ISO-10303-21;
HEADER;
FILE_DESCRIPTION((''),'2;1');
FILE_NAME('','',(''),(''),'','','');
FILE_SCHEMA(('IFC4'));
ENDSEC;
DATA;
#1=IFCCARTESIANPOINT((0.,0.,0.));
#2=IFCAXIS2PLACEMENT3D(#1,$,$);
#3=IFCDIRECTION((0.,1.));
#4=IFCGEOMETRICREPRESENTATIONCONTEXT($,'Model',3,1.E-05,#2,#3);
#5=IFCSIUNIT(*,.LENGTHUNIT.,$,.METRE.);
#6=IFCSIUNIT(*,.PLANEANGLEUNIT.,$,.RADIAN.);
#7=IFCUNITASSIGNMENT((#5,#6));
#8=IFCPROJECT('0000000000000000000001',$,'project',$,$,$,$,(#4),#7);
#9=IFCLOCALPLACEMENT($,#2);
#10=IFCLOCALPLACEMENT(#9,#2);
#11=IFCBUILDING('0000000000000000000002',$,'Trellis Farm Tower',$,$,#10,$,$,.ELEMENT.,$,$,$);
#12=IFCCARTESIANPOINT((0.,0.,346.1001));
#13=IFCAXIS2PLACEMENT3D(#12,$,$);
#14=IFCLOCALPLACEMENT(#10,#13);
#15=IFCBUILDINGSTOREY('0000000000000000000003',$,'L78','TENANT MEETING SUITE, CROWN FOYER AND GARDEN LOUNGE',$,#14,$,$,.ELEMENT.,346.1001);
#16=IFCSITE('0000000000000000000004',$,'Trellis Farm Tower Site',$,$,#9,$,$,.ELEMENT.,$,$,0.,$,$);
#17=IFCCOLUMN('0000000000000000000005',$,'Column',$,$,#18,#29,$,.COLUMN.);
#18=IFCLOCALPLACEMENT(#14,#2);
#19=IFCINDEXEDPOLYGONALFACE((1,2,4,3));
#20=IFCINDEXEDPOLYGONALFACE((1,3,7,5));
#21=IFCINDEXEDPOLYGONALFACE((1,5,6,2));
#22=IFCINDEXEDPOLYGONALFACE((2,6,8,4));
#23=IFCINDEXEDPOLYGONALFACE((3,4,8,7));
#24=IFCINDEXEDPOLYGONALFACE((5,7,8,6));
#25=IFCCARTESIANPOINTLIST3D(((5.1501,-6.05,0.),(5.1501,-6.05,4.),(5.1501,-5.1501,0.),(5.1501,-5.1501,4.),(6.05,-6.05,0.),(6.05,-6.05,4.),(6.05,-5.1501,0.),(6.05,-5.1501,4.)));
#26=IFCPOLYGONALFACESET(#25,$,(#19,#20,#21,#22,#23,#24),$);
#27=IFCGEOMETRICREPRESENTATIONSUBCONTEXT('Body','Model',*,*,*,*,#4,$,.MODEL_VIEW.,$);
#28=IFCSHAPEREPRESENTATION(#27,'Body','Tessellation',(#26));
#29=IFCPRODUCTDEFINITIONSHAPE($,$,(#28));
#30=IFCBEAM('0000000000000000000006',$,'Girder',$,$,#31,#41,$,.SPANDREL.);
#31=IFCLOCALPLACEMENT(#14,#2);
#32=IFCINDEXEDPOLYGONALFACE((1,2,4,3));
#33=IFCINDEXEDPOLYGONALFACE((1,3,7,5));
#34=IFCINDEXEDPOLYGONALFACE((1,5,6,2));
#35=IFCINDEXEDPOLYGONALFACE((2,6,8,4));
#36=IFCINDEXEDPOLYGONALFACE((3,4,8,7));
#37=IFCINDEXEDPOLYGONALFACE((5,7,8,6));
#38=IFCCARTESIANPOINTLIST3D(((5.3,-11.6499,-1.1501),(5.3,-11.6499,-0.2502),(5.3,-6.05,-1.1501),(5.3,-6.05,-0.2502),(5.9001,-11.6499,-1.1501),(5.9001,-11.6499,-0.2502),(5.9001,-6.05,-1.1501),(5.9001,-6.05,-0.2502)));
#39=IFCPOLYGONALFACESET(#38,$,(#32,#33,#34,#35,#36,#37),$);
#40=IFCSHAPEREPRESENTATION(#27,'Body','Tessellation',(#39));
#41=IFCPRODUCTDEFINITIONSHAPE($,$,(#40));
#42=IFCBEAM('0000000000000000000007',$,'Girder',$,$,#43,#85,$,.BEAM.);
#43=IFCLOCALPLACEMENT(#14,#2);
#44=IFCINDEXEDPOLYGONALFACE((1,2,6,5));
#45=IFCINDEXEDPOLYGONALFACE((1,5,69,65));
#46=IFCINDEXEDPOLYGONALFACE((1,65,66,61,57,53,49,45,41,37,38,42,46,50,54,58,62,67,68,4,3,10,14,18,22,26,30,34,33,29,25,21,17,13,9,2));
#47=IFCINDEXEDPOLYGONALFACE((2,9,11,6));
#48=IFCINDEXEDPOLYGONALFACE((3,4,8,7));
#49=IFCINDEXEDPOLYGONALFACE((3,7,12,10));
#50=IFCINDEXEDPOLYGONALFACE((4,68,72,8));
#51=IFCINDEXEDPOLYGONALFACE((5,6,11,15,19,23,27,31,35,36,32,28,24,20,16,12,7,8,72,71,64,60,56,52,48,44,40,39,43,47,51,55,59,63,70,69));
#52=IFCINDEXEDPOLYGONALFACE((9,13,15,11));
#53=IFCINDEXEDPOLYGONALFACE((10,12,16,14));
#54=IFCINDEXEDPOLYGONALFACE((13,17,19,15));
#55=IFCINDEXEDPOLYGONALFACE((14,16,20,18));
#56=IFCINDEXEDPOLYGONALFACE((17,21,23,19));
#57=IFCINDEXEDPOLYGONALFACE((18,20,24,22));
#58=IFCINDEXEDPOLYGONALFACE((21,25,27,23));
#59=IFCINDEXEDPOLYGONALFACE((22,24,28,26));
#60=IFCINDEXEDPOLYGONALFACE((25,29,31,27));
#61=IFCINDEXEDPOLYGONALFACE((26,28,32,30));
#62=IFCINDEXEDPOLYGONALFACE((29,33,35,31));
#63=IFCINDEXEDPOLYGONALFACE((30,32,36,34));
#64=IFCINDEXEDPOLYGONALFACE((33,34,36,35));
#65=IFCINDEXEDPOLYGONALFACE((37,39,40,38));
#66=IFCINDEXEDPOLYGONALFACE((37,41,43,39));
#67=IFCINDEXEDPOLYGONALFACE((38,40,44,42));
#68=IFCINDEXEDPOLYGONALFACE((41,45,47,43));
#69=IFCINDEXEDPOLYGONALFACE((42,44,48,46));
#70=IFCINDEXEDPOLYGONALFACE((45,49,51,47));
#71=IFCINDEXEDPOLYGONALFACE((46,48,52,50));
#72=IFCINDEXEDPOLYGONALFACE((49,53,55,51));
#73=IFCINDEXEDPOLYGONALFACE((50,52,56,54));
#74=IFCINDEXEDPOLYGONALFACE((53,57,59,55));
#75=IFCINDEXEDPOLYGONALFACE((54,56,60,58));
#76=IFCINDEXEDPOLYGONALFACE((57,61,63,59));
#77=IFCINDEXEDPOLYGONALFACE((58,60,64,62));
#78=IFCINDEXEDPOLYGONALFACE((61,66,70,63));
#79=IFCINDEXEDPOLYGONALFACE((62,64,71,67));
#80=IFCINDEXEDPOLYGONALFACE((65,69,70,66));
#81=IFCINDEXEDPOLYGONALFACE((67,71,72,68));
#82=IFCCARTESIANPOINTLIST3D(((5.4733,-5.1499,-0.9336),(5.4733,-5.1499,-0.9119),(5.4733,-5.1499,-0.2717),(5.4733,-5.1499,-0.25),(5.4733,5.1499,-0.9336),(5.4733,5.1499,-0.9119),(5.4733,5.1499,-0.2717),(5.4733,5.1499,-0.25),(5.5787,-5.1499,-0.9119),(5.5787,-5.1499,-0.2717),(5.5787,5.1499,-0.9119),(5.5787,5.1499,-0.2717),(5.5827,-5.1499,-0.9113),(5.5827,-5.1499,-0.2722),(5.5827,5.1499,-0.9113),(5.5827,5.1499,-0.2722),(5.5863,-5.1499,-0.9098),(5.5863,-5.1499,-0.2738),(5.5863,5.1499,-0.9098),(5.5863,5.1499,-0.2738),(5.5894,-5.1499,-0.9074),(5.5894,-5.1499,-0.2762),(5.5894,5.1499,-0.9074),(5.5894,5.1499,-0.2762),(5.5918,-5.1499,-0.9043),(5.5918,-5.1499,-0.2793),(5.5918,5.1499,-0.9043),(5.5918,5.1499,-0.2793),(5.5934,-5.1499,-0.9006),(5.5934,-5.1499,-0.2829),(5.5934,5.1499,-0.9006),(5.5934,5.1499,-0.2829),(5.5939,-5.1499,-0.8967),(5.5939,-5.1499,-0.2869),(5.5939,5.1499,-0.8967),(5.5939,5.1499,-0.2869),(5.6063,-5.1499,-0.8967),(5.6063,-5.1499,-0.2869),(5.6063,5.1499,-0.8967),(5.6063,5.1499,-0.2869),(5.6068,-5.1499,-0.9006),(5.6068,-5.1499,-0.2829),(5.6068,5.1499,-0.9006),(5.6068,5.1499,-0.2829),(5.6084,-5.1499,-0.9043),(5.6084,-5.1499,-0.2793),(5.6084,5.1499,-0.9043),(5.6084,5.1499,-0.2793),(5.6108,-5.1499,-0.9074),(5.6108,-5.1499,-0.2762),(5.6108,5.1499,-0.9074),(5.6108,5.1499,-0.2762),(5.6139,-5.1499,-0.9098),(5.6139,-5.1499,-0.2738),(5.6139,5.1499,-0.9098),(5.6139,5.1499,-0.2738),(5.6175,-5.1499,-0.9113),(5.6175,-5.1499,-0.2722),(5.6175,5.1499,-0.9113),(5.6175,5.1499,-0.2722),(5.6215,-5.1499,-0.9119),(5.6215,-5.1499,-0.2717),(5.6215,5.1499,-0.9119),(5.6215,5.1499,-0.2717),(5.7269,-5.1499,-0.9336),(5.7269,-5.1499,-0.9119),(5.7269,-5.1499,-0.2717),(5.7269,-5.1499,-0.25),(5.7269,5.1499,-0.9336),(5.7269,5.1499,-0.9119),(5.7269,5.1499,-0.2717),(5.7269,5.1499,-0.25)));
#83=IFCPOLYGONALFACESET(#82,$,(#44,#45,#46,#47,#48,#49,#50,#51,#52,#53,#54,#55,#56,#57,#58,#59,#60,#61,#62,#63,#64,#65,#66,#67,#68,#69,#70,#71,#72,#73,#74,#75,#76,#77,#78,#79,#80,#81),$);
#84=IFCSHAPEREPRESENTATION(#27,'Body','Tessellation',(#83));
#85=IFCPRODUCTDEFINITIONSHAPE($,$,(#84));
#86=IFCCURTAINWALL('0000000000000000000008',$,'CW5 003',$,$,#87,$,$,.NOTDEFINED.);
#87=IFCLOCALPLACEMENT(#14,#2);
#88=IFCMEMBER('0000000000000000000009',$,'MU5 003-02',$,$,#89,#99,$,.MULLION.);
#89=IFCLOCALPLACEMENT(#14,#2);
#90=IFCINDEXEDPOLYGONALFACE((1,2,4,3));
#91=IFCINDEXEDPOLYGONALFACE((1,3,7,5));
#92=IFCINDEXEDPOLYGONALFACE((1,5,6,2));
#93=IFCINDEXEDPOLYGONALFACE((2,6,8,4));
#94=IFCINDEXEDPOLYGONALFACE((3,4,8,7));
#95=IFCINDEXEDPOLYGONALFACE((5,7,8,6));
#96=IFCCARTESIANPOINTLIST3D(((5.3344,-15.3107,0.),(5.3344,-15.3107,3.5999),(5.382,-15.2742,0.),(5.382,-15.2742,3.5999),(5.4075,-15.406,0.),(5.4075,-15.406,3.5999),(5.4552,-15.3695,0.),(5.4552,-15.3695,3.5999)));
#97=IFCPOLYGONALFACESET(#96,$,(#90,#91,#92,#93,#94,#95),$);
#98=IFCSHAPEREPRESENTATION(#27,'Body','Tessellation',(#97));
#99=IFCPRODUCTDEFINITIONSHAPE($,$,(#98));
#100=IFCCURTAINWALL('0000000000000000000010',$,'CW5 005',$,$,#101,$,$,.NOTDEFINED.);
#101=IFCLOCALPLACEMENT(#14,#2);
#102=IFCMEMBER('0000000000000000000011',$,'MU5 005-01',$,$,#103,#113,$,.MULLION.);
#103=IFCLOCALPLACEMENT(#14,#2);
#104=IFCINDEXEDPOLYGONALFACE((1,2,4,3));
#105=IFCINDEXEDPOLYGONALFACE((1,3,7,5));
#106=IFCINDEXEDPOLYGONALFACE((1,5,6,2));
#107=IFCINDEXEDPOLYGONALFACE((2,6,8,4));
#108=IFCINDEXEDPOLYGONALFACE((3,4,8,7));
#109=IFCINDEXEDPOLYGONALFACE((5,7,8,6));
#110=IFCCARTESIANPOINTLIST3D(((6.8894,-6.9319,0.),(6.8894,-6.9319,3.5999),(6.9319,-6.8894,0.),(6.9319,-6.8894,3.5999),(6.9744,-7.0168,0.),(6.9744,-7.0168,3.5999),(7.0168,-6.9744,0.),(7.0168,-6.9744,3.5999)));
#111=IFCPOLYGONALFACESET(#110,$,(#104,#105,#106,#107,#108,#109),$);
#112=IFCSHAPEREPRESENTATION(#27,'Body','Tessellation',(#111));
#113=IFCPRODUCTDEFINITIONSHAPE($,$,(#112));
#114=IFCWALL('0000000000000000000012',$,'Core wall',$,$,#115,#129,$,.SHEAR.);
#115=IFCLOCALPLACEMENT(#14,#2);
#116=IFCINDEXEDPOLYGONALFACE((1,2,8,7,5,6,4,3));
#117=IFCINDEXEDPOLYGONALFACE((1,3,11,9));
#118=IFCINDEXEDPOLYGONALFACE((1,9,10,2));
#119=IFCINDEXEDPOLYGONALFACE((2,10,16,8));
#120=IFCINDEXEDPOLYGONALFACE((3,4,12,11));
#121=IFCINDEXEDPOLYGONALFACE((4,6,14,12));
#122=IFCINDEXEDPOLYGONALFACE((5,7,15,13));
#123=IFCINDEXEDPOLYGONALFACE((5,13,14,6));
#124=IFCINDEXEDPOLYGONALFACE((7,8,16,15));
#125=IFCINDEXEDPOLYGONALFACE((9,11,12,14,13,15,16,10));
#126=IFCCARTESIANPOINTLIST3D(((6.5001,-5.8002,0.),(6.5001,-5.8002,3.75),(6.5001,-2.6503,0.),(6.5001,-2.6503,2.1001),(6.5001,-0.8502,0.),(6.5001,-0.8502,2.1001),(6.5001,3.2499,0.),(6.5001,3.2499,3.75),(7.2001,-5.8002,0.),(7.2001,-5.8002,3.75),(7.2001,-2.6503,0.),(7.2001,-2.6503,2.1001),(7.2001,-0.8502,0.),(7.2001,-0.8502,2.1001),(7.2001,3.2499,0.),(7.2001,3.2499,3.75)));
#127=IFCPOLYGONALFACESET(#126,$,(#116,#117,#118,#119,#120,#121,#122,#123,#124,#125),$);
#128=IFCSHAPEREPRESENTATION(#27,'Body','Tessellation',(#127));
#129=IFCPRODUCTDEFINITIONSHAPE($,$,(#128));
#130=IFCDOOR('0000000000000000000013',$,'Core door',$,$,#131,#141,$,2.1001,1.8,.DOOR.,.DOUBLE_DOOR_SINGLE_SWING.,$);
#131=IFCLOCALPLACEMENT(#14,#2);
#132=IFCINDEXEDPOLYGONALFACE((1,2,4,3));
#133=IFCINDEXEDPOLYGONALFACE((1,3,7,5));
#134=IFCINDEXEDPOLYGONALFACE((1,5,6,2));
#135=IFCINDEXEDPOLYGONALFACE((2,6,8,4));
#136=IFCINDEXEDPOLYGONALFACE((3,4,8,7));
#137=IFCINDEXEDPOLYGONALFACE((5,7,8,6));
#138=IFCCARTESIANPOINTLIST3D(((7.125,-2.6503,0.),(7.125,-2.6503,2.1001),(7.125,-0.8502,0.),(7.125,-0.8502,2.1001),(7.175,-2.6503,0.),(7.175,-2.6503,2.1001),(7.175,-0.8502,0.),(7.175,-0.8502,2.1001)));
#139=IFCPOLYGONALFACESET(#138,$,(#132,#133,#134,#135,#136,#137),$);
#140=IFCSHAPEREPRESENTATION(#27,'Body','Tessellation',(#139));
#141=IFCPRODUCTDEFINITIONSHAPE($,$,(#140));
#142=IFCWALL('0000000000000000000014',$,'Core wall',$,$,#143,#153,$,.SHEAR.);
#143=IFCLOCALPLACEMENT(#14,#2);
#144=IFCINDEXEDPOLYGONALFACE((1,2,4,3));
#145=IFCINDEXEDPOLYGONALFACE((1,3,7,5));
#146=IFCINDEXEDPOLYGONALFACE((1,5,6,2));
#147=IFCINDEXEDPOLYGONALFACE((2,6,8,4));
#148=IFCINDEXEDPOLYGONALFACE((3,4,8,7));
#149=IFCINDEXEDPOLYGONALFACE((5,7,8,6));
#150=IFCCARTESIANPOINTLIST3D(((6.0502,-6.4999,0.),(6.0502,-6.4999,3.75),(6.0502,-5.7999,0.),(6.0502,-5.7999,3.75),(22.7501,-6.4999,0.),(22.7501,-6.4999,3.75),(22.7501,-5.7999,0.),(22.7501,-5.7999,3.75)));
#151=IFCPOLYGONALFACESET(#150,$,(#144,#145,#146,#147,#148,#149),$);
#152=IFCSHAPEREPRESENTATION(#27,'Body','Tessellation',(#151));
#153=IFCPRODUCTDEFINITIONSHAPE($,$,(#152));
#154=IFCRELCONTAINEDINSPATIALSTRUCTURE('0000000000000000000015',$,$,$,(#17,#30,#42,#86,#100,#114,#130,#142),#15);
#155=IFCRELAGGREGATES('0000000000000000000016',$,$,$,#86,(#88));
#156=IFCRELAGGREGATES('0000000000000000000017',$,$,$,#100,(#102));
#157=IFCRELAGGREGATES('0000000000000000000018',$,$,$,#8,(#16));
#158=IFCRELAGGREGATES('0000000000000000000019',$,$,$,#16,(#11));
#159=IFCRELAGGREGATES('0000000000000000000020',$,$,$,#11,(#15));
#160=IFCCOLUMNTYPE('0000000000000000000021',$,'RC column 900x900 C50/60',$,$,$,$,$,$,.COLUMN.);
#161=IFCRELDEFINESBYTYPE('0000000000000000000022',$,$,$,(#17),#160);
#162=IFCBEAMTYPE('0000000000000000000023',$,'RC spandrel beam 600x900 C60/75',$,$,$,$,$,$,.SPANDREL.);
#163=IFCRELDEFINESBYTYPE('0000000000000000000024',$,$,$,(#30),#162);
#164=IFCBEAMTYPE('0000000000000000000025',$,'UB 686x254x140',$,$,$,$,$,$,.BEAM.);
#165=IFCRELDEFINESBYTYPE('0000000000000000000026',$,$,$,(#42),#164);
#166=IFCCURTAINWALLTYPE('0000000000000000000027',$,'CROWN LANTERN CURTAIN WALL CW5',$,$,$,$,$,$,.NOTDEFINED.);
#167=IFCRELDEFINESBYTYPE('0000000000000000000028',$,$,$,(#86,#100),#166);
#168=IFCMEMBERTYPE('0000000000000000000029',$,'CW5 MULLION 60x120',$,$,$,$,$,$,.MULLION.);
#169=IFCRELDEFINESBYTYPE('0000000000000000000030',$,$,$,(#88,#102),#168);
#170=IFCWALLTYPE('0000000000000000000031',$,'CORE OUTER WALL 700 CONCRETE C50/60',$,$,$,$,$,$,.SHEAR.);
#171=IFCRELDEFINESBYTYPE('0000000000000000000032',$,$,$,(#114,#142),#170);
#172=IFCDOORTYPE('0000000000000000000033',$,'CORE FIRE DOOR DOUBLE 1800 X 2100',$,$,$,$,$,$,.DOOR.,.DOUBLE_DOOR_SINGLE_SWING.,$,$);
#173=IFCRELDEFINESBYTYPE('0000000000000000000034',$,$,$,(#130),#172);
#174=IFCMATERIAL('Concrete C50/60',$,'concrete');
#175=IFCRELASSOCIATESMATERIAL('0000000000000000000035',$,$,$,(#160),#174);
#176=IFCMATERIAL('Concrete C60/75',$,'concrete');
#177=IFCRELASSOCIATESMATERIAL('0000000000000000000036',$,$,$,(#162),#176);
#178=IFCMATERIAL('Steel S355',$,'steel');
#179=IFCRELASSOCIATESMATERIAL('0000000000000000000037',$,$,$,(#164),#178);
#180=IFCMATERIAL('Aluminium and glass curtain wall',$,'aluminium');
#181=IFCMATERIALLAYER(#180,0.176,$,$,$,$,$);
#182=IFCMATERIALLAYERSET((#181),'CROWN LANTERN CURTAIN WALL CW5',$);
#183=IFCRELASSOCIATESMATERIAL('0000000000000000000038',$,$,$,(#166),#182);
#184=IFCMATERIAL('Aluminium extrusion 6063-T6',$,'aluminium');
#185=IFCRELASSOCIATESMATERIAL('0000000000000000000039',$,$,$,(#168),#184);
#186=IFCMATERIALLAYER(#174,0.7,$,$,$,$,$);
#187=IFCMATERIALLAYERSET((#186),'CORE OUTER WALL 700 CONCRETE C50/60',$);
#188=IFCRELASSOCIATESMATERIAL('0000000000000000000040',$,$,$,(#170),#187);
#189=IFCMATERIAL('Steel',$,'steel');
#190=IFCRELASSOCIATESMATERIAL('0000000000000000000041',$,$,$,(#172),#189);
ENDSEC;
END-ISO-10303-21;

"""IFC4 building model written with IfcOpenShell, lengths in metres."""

from ifc_helpers import new_model, si_unit, direction, frame, frame_2d, origin, origin_2d, place, context, subcontext, project, spatial, rectangle, i_section, extrude, source, transform, mapped, material, layer, layer_set, material_profile, profile_set, type_object, element, fill, aggregate, save


model = new_model("IFC4")

# Units and contexts
model_context = context("Model", 3, precision=1e-05, world=origin(), true_north=direction((0.0, 1.0)))
body_context = subcontext(model_context, "Body", "Model", "MODEL_VIEW")
ifc_project = project(units=[si_unit("LENGTHUNIT", "METRE"), si_unit("PLANEANGLEUNIT", "RADIAN")], contexts=[model_context])

# Site, building, storey
site_placement = place(None, origin())
site = spatial("IfcSite", under=ifc_project, at=site_placement, Name="Trellis Farm Tower Site", CompositionType="ELEMENT", RefElevation=0.0)
building_placement = place(site_placement, origin())
building = spatial("IfcBuilding", under=site, at=building_placement, Name="Trellis Farm Tower", CompositionType="ELEMENT")
storey_placement = place(building_placement, frame((0.0, 0.0, 346.1001)))
storey = spatial("IfcBuildingStorey", under=building, at=storey_placement, Name="L78", Description="TENANT MEETING SUITE, CROWN FOYER AND GARDEN LOUNGE", CompositionType="ELEMENT", Elevation=346.1001)

# Column
ifc_material_1 = material(Name="Concrete C50/60", Category="concrete")
ifc_material_profile_1 = material_profile(ifc_material_1, rectangle(XDim=0.8999, YDim=0.8999, at=origin_2d()), Name="RC column 900x900 C50/60")
ifc_profile_set_1 = profile_set([ifc_material_profile_1], Name="Concrete C50/60")
column_type = type_object("IfcColumnType", Name="RC column 900x900 C50/60", PredefinedType="COLUMN", material=ifc_profile_set_1)
shared_shape_1 = source(origin(), body_context, "Body", "SweptSolid", [
    extrude(rectangle(XDim=0.8999, YDim=0.8999, at=origin_2d()), origin(), (0.0, 0.0, 1.0), 4.0),
])
column_placement = place(storey_placement, frame((5.6001, -5.6001, 0.0), z_axis=(0.0, 0.0, 1.0), x_axis=(1.0, 0.0, 0.0)))
element("IfcColumn", 1, at=column_placement, inside=storey, type_object=column_type, Name="Column", PredefinedType="COLUMN", context=body_context, shape_type="MappedRepresentation", body=[
    mapped(shared_shape_1, transform((0.0, 0.0, 0.0))),
])

# Beams
ifc_material_2 = material(Name="Concrete C60/75", Category="concrete")
ifc_material_profile_2 = material_profile(ifc_material_2, rectangle(XDim=0.6001, YDim=0.8999, at=origin_2d()), Name="RC spandrel beam 600x900 C60/75")
ifc_profile_set_2 = profile_set([ifc_material_profile_2], Name="Concrete C60/75")
beam_type_1 = type_object("IfcBeamType", Name="RC spandrel beam 600x900 C60/75", PredefinedType="SPANDREL", material=ifc_profile_set_2)
shared_shape_2 = source(origin(), body_context, "Body", "SweptSolid", [
    extrude(rectangle(XDim=0.6001, YDim=0.8999, at=origin_2d()), origin(), (0.0, 0.0, 1.0), 5.5999),
])
beam_1_placement = place(storey_placement, frame((5.6001, -11.6499, -0.7002), z_axis=(0.0, 1.0, 0.0), x_axis=(-1.0, 0.0, 0.0)))
element("IfcBeam", 2, at=beam_1_placement, inside=storey, type_object=beam_type_1, Name="Girder", PredefinedType="SPANDREL", context=body_context, shape_type="MappedRepresentation", body=[
    mapped(shared_shape_2, transform((0.0, 0.0, 0.0))),
])
ifc_material_3 = material(Name="Steel S355", Category="steel")
ifc_material_profile_3 = material_profile(ifc_material_3, i_section(OverallWidth=0.2537, OverallDepth=0.6836, WebThickness=0.0125, FlangeThickness=0.0217, FilletRadius=0.0151, at=origin_2d()), Name="UB 686x254x140")
ifc_profile_set_3 = profile_set([ifc_material_profile_3], Name="Steel S355")
beam_type_2 = type_object("IfcBeamType", Name="UB 686x254x140", PredefinedType="BEAM", material=ifc_profile_set_3)
shared_shape_3 = source(origin(), body_context, "Body", "SweptSolid", [
    extrude(i_section(OverallWidth=0.2537, OverallDepth=0.6836, WebThickness=0.0125, FlangeThickness=0.0217, FilletRadius=0.0151, at=origin_2d()), origin(), (0.0, 0.0, 1.0), 10.2998),
])
beam_2_placement = place(storey_placement, frame((5.6001, -5.1499, -0.5918), z_axis=(0.0, 1.0, 0.0), x_axis=(-1.0, 0.0, 0.0)))
element("IfcBeam", 3, at=beam_2_placement, inside=storey, type_object=beam_type_2, Name="Girder", PredefinedType="BEAM", context=body_context, shape_type="MappedRepresentation", body=[
    mapped(shared_shape_3, transform((0.0, 0.0, 0.0))),
])

# Curtain walls, members
ifc_material_4 = material(Name="Aluminium and glass curtain wall", Category="aluminium")
ifc_layer_1 = layer(ifc_material_4, 0.176)
ifc_layer_set_1 = layer_set([ifc_layer_1], Name="CROWN LANTERN CURTAIN WALL CW5")
curtain_wall_type = type_object("IfcCurtainWallType", Name="CROWN LANTERN CURTAIN WALL CW5", PredefinedType="NOTDEFINED", material=ifc_layer_set_1)
placement = place(storey_placement, origin())
curtain_wall_1 = element("IfcCurtainWall", 4, at=placement, inside=storey, type_object=curtain_wall_type, Name="CW5 003", PredefinedType="NOTDEFINED")
ifc_material_5 = material(Name="Aluminium extrusion 6063-T6", Category="aluminium")
ifc_material_profile_4 = material_profile(ifc_material_5, rectangle(XDim=0.0601, YDim=0.1201, at=origin_2d()), Name="MULLION 60x120")
ifc_profile_set_4 = profile_set([ifc_material_profile_4], Name="Aluminium extrusion 6063-T6")
member_type = type_object("IfcMemberType", Name="CW5 MULLION 60x120", PredefinedType="MULLION", material=ifc_profile_set_4)
shared_shape_4 = source(origin(), body_context, "Body", "SweptSolid", [
    extrude(rectangle(XDim=0.0601, YDim=0.1201, at=origin_2d()), origin(), (0.0, 0.0, 1.0), 3.5999),
])
member_1_placement = place(storey_placement, frame((5.3948, -15.3401, 0.0), z_axis=(0.0, 0.0, 1.0), x_axis=(0.793353, 0.608761, 0.0)))
member_1 = element("IfcMember", 5, at=member_1_placement, type_object=member_type, Name="MU5 003-02", PredefinedType="MULLION", context=body_context, shape_type="MappedRepresentation", body=[
    mapped(shared_shape_4, transform((0.0, 0.0, 0.0))),
])
aggregate(curtain_wall_1, [member_1])
curtain_wall_2 = element("IfcCurtainWall", 6, at=placement, inside=storey, type_object=curtain_wall_type, Name="CW5 005", PredefinedType="NOTDEFINED")
member_2_placement = place(storey_placement, frame((6.9531, -6.9531, 0.0), z_axis=(0.0, 0.0, 1.0), x_axis=(0.707107, 0.707107, 0.0)))
member_2 = element("IfcMember", 7, at=member_2_placement, type_object=member_type, Name="MU5 005-01", PredefinedType="MULLION", context=body_context, shape_type="MappedRepresentation", body=[
    mapped(shared_shape_4, transform((0.0, 0.0, 0.0))),
])
aggregate(curtain_wall_2, [member_2])

# Wall, opening, door
ifc_layer_2 = layer(ifc_material_1, 0.7)
ifc_layer_set_2 = layer_set([ifc_layer_2], Name="CORE OUTER WALL 700 CONCRETE C50/60")
wall_type_1 = type_object("IfcWallType", Name="CORE OUTER WALL 700 CONCRETE C50/60", PredefinedType="SHEAR", material=ifc_layer_set_2)
shared_shape_5 = source(origin(), body_context, "Body", "SweptSolid", [
    extrude(rectangle(XDim=9.05, YDim=0.7, at=frame_2d((4.5249, 0.0))), origin(), (0.0, 0.0, 1.0), 3.75),
])
wall_1_placement = place(storey_placement, frame((6.8501, -5.8, 0.0), z_axis=(0.0, 0.0, 1.0), x_axis=(0.0, 1.0, 0.0)))
wall_1 = element("IfcWall", 8, at=wall_1_placement, inside=storey, type_object=wall_type_1, Name="Core wall", PredefinedType="SHEAR", context=body_context, shape_type="MappedRepresentation", body=[
    mapped(shared_shape_5, transform((0.0, 0.0, 0.0))),
])
shared_shape_6 = source(origin(), body_context, "Body", "SweptSolid", [
    extrude(rectangle(XDim=1.8, YDim=2.1001, at=frame_2d((0.8999, 1.05))), frame((0.0, 0.3601, 0.0), z_axis=(0.0, -1.0, 0.0), x_axis=(1.0, 0.0, 0.0)), (0.0, 0.0, 1.0), 0.7202),
])
opening_1_placement = place(wall_1_placement, frame((3.1499, 0.0, 0.0)))
opening_1 = element("IfcOpeningElement", 9, at=opening_1_placement, cuts=wall_1, PredefinedType="OPENING", context=body_context, shape_type="MappedRepresentation", body=[
    mapped(shared_shape_6, transform((0.0, 0.0, 0.0))),
])
ifc_material_6 = material(Name="Steel", Category="steel")
door_type_1 = type_object("IfcDoorType", Name="CORE FIRE DOOR DOUBLE 1800 X 2100", OperationType="DOUBLE_DOOR_SINGLE_SWING", PredefinedType="DOOR", material=ifc_material_6)
shared_shape_7 = source(origin(), body_context, "Body", "SweptSolid", [
    extrude(rectangle(XDim=1.8, YDim=2.1001, at=frame_2d((0.8999, 1.05))), frame((0.0, -0.2749, 0.0), z_axis=(0.0, -1.0, 0.0), x_axis=(1.0, 0.0, 0.0)), (0.0, 0.0, 1.0), 0.05),
])
door_1_placement = place(opening_1_placement, origin())
door_1 = element("IfcDoor", 10, at=door_1_placement, inside=storey, type_object=door_type_1, Name="Core door", OperationType="DOUBLE_DOOR_SINGLE_SWING", OverallHeight=2.1001, OverallWidth=1.8, PredefinedType="DOOR", context=body_context, shape_type="MappedRepresentation", body=[
    mapped(shared_shape_7, transform((0.0, 0.0, 0.0))),
])
fill(opening_1, door_1)

# Wall
shared_shape_8 = source(origin(), body_context, "Body", "SweptSolid", [
    extrude(rectangle(XDim=16.7, YDim=0.7, at=frame_2d((8.3501, 0.0))), origin(), (0.0, 0.0, 1.0), 3.75),
])
wall_2_placement = place(storey_placement, frame((6.05, -6.1499, 0.0), z_axis=(0.0, 0.0, 1.0), x_axis=(1.0, 0.0, 0.0)))
element("IfcWall", 11, at=wall_2_placement, inside=storey, type_object=wall_type_1, Name="Core wall", PredefinedType="SHEAR", context=body_context, shape_type="MappedRepresentation", body=[
    mapped(shared_shape_8, transform((0.0, 0.0, 0.0))),
])

save(model, "model.ifc")
